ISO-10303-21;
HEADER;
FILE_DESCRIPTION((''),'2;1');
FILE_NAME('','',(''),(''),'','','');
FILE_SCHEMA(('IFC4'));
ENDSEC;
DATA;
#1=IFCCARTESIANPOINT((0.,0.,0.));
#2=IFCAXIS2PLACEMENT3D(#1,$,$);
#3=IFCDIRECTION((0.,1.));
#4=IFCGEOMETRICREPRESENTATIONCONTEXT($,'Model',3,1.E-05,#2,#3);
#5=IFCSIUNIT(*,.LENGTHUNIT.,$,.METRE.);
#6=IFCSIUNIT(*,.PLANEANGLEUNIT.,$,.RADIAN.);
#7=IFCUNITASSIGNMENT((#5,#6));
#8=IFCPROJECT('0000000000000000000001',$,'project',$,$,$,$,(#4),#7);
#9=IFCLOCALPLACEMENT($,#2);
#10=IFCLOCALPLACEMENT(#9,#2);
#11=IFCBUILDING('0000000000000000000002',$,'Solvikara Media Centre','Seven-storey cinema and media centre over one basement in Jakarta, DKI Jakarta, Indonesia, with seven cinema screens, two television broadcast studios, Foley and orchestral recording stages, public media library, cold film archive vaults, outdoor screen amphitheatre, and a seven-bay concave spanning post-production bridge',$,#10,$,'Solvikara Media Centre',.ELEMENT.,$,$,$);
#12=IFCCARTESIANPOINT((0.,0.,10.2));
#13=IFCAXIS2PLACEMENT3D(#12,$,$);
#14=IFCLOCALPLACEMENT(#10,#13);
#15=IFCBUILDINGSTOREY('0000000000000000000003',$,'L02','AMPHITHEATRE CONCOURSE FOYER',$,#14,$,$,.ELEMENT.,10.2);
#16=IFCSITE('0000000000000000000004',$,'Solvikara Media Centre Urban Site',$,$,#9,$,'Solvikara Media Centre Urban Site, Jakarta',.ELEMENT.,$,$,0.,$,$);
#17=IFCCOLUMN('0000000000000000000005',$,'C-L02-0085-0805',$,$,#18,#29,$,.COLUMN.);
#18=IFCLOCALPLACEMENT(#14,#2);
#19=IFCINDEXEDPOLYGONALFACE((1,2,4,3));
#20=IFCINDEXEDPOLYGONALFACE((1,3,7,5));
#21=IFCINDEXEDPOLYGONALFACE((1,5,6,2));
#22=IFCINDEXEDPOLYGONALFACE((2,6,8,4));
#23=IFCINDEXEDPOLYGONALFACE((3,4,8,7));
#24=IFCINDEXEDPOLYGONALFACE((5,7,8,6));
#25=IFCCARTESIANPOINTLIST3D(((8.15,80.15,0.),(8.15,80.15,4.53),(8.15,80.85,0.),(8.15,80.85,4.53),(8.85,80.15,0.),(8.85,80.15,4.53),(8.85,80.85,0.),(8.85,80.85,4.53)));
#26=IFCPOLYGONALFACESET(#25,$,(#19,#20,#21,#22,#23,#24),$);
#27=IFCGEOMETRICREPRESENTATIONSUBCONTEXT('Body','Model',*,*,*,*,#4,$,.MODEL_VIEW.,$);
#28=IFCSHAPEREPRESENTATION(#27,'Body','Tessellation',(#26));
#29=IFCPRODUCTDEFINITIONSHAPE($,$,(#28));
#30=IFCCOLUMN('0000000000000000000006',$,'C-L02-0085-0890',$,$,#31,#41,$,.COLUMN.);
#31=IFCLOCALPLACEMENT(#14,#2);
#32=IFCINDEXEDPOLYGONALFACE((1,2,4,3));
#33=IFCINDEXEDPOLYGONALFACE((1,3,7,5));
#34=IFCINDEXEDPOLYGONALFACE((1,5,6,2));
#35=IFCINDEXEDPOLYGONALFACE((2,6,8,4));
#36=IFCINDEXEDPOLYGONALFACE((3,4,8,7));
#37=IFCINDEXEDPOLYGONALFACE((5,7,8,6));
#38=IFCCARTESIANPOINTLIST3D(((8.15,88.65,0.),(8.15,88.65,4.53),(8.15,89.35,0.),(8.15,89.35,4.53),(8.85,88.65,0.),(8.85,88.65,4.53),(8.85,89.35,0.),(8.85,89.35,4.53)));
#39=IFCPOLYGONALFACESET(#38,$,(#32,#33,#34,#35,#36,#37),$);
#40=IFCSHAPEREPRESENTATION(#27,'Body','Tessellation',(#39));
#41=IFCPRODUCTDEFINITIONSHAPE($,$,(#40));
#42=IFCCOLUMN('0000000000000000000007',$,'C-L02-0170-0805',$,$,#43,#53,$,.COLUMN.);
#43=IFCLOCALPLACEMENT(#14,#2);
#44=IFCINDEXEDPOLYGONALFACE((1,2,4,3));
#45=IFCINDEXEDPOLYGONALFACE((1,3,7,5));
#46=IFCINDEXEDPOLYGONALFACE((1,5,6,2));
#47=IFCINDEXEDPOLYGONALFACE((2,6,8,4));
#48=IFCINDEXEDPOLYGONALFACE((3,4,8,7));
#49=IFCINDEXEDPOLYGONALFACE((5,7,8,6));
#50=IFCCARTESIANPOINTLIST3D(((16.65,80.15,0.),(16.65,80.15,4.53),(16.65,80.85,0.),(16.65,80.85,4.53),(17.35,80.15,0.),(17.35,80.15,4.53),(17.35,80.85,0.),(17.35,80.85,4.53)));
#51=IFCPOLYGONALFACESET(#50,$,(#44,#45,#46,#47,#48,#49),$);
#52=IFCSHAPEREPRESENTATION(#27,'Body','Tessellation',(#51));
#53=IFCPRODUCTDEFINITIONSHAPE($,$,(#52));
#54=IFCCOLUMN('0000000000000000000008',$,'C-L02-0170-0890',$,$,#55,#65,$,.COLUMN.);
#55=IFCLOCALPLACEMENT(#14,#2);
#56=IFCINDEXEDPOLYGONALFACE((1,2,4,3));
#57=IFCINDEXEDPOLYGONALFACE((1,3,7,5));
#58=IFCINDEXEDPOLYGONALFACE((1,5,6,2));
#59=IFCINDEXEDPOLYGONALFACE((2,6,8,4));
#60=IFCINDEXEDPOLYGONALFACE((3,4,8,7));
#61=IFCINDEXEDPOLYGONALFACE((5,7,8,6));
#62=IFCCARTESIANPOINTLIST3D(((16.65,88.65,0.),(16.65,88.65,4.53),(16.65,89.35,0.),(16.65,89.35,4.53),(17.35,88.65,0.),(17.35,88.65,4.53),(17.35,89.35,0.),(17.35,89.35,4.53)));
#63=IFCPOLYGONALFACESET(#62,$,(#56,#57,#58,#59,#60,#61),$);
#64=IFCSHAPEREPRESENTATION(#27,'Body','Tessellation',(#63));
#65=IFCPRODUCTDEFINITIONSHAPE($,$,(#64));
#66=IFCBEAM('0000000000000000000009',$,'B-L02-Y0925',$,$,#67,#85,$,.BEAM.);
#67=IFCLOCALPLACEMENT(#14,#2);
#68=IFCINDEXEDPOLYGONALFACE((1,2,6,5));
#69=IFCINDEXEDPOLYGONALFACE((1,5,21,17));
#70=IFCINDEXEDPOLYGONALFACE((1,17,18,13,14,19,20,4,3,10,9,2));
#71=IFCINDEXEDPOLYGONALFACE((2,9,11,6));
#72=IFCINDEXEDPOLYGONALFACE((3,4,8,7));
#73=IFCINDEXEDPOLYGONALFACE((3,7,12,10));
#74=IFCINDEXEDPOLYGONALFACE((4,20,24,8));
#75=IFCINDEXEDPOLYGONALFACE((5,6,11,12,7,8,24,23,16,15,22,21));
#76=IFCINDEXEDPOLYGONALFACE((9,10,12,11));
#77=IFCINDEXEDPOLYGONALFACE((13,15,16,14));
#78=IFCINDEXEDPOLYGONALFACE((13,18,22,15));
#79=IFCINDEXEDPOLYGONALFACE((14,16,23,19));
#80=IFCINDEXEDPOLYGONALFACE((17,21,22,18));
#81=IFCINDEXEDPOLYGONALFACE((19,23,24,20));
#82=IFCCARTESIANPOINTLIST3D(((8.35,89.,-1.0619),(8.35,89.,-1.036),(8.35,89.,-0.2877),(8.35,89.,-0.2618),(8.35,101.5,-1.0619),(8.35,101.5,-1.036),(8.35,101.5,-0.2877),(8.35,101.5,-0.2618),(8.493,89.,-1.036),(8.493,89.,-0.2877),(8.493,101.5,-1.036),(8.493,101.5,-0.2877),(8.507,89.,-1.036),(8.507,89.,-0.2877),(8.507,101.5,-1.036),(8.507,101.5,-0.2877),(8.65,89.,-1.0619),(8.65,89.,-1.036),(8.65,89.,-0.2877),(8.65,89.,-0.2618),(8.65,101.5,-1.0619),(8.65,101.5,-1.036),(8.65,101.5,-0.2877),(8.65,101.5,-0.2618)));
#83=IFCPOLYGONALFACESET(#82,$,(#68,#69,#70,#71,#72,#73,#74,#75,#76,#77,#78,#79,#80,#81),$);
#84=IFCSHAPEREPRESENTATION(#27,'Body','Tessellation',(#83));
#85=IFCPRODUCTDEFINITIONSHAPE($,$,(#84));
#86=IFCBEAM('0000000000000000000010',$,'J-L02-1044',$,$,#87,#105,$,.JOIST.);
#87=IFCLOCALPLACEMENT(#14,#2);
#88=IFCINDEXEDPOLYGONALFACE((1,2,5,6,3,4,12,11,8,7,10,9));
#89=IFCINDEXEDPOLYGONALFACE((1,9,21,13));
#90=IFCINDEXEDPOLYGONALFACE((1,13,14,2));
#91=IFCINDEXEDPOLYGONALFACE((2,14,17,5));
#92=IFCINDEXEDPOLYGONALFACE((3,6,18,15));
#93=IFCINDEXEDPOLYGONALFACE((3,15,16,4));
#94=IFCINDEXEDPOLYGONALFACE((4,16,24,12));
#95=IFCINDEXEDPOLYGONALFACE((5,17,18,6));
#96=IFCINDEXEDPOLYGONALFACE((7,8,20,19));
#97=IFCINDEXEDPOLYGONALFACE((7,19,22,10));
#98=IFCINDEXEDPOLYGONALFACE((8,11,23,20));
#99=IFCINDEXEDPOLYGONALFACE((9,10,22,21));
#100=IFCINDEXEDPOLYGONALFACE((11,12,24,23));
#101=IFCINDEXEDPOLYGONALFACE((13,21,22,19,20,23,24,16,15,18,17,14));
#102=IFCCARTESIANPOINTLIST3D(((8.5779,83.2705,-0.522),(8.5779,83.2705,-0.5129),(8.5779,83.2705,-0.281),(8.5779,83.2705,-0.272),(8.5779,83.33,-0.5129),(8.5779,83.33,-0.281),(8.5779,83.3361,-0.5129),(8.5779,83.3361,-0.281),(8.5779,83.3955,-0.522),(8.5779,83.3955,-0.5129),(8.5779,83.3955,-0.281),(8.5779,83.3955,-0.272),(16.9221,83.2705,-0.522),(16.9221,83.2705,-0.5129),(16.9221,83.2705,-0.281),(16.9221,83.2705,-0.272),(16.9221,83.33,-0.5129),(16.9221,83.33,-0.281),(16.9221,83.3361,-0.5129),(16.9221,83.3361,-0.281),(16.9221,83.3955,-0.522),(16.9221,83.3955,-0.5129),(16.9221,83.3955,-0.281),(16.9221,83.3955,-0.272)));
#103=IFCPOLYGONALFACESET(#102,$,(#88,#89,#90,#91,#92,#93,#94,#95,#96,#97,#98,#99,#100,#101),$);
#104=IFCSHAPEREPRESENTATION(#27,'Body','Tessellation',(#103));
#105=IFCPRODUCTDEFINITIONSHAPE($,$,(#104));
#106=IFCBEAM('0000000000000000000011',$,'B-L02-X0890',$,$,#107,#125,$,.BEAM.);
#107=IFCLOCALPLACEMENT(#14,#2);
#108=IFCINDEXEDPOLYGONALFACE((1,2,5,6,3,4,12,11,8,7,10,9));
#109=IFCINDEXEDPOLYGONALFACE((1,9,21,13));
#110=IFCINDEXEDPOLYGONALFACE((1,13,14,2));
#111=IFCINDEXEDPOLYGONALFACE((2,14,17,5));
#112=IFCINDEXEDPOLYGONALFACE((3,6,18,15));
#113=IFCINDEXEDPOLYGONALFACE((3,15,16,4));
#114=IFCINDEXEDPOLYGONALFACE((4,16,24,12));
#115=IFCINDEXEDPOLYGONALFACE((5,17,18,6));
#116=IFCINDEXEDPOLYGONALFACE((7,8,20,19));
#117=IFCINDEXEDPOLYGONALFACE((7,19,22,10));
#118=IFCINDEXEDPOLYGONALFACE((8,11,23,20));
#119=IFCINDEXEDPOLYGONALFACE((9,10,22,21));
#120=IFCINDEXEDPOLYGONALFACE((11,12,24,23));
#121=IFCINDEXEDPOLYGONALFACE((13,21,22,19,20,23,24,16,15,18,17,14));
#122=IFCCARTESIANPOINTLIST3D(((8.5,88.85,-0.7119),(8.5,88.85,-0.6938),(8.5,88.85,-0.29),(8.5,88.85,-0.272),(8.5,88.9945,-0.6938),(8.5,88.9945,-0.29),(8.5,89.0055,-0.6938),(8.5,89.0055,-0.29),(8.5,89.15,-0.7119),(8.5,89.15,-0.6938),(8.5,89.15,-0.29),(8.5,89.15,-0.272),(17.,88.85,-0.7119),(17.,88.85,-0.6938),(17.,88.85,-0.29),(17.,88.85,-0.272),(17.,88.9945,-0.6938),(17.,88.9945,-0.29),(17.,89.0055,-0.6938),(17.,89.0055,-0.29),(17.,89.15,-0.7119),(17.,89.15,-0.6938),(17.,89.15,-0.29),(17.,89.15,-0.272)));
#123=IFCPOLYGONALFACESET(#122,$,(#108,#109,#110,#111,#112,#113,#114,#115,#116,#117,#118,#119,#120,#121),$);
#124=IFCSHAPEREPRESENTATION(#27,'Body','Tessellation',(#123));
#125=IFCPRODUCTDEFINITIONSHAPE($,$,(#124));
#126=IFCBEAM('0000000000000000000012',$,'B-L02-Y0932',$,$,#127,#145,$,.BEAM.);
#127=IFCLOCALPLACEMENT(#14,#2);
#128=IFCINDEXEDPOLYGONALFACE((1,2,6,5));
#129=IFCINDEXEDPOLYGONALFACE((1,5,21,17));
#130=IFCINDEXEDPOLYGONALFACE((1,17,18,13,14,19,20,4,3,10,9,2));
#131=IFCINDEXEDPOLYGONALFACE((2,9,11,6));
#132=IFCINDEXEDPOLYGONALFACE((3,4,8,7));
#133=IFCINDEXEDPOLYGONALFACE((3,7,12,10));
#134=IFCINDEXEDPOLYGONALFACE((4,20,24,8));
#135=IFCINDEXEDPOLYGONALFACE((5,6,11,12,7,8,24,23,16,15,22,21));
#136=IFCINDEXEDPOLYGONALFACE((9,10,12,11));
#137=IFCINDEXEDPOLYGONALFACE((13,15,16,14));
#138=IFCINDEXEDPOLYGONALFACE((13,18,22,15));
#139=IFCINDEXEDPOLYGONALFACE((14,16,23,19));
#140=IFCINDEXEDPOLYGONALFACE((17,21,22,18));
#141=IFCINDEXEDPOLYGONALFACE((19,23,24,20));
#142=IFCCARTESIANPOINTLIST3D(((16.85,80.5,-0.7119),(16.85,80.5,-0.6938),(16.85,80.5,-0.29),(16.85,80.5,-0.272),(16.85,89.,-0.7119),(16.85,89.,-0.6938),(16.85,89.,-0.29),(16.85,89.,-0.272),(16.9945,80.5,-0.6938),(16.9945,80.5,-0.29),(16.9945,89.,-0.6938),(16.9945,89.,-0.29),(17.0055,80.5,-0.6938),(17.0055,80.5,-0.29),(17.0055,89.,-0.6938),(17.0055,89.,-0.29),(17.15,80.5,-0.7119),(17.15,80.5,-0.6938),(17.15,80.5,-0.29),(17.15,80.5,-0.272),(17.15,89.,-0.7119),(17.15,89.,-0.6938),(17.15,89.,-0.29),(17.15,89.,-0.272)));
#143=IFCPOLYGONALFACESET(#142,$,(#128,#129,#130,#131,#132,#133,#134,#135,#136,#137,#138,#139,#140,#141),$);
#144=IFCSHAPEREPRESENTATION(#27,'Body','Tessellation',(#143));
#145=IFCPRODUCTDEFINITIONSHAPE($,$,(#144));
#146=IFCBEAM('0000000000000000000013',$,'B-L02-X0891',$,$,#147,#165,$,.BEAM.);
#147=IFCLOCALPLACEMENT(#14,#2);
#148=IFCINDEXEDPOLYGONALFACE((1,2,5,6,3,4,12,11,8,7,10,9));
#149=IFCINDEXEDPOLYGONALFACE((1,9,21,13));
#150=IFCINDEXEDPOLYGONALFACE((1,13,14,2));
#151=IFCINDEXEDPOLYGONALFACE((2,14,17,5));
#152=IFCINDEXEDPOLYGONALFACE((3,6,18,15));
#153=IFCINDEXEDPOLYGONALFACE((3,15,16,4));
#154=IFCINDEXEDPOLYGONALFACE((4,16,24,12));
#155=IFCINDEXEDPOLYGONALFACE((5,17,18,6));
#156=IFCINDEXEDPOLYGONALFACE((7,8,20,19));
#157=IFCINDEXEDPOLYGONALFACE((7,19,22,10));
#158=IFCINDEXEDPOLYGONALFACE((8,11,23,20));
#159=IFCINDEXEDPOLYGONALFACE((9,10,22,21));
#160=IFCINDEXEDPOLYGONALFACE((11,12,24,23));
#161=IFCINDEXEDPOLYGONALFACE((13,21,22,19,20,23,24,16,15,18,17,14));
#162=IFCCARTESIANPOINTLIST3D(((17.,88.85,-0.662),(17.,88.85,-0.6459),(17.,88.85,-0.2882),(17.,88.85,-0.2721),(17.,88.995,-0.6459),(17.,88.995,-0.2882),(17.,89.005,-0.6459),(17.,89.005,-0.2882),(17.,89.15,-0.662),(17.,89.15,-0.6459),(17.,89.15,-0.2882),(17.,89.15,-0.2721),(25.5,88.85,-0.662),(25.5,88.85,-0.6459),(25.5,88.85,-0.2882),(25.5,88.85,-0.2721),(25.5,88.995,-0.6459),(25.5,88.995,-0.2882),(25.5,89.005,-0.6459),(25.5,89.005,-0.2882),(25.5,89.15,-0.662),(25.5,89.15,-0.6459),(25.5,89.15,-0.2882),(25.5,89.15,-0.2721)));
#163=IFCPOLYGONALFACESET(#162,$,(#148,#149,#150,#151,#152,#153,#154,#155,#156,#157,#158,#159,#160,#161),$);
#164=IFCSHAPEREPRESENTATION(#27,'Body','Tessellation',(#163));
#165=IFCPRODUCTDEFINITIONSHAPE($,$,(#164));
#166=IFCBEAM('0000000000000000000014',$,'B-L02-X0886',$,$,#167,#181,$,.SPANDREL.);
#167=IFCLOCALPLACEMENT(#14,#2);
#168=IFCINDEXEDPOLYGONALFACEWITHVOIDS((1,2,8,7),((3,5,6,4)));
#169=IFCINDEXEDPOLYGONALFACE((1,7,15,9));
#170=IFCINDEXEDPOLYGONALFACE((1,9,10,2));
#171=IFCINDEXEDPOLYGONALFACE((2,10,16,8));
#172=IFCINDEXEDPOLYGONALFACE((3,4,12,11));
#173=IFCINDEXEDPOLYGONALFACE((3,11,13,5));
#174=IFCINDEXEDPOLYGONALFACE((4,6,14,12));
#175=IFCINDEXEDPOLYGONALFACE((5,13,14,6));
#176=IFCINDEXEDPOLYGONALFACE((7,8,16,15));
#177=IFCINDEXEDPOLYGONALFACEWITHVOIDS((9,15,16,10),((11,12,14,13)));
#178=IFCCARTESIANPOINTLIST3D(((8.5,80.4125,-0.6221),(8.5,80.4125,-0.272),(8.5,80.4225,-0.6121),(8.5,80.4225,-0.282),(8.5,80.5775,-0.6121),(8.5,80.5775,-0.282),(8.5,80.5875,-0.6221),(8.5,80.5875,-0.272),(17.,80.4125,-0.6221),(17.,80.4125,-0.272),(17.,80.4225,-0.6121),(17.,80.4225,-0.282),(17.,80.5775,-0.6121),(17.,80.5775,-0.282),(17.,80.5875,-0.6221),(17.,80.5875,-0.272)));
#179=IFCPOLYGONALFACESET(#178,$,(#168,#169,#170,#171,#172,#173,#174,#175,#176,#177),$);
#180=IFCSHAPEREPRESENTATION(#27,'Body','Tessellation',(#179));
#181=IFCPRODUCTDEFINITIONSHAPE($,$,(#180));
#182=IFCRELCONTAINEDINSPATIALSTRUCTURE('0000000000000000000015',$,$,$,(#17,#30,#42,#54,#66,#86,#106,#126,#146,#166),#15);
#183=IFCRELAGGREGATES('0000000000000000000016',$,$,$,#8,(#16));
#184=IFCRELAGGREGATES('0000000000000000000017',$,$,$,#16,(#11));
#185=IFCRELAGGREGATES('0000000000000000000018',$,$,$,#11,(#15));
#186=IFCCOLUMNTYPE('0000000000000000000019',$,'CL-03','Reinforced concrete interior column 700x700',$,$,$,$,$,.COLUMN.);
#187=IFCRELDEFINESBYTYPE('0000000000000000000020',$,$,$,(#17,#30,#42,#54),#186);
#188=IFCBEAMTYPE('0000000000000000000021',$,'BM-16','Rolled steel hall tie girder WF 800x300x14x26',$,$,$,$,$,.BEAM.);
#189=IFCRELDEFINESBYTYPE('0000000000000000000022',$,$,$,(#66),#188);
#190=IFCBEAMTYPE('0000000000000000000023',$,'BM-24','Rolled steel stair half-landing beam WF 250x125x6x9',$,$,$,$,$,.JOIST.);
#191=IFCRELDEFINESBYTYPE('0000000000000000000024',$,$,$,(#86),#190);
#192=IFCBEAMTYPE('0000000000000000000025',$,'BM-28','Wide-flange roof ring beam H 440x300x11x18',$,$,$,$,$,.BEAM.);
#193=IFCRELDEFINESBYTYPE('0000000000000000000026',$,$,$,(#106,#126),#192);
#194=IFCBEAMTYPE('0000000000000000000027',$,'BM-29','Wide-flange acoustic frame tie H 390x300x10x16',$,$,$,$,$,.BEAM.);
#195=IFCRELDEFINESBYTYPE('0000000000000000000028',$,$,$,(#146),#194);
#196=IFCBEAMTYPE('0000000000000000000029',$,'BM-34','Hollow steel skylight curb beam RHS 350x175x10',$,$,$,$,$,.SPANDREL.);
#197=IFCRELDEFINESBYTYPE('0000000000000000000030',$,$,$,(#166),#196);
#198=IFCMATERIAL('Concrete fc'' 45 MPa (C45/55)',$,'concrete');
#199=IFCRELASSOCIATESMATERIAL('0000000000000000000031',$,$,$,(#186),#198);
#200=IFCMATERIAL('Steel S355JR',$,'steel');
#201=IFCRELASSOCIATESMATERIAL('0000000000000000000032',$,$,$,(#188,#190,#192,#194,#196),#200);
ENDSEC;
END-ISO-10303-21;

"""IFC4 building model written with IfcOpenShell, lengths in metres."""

from ifc_helpers import new_model, si_unit, direction, frame, origin, origin_2d, place, context, subcontext, project, spatial, rectangle, hollow_rectangle, i_section, extrude, material, material_profile, profile_set, type_object, element, save


model = new_model("IFC4")

# Units and contexts
model_context = context("Model", 3, precision=1e-05, world=origin(), true_north=direction((0.0, 1.0)))
body_context = subcontext(model_context, "Body", "Model", "MODEL_VIEW")
ifc_project = project(units=[si_unit("LENGTHUNIT", "METRE"), si_unit("PLANEANGLEUNIT", "RADIAN")], contexts=[model_context])

# Site, building, storey
site_placement = place(None, origin())
site = spatial("IfcSite", under=ifc_project, at=site_placement, Name="Solvikara Media Centre Urban Site", LongName="Solvikara Media Centre Urban Site, Jakarta", CompositionType="ELEMENT", RefElevation=0.0)
building_placement = place(site_placement, origin())
building = spatial("IfcBuilding", under=site, at=building_placement, Name="Solvikara Media Centre", Description="Seven-storey cinema and media centre over one basement in Jakarta, DKI Jakarta, Indonesia, with seven cinema screens, two television broadcast studios, Foley and orchestral recording stages, public media library, cold film archive vaults, outdoor screen amphitheatre, and a seven-bay concave spanning post-production bridge", LongName="Solvikara Media Centre", CompositionType="ELEMENT")
storey_placement = place(building_placement, frame((0.0, 0.0, 10.2)))
storey = spatial("IfcBuildingStorey", under=building, at=storey_placement, Name="L02", Description="AMPHITHEATRE CONCOURSE FOYER", CompositionType="ELEMENT", Elevation=10.2)

# Columns
ifc_material_1 = material(Name="Concrete fc' 45 MPa (C45/55)", Category="concrete")
ifc_material_profile_1 = material_profile(ifc_material_1, rectangle(XDim=0.7, YDim=0.7, at=origin_2d()), Name="RC 700x700")
ifc_profile_set_1 = profile_set([ifc_material_profile_1], Name="Concrete fc' 45 MPa (C45/55)")
column_type = type_object("IfcColumnType", Name="CL-03", Description="Reinforced concrete interior column 700x700", PredefinedType="COLUMN", material=ifc_profile_set_1)
for number, where, z_axis, x_axis, name in (
    (1, (8.5, 80.5, 0.0), (0.0, 0.0, 1.0), (1.0, 0.0, 0.0), "C-L02-0085-0805"),
    (2, (8.5, 89.0, 0.0), (0.0, 0.0, 1.0), (1.0, 0.0, 0.0), "C-L02-0085-0890"),
    (3, (17.0, 80.5, 0.0), (0.0, 0.0, 1.0), (1.0, 0.0, 0.0), "C-L02-0170-0805"),
    (4, (17.0, 89.0, 0.0), (0.0, 0.0, 1.0), (1.0, 0.0, 0.0), "C-L02-0170-0890"),
):
    element("IfcColumn", number, at=place(storey_placement, frame(where, z_axis=z_axis, x_axis=x_axis)), inside=storey, type_object=column_type, Name=name, PredefinedType="COLUMN", context=body_context, shape_type="SweptSolid", body=[
        extrude(rectangle(XDim=0.7, YDim=0.7, at=origin_2d()), origin(), (0.0, 0.0, 1.0), 4.53),
    ])

# Beams
ifc_material_2 = material(Name="Steel S355JR", Category="steel")
ifc_material_profile_2 = material_profile(ifc_material_2, i_section(OverallWidth=0.3, OverallDepth=0.8, WebThickness=0.0139, FlangeThickness=0.0259, at=origin_2d()), Name="WF 800x300x14x26")
ifc_profile_set_2 = profile_set([ifc_material_profile_2], Name="Steel S355JR")
beam_type_1 = type_object("IfcBeamType", Name="BM-16", Description="Rolled steel hall tie girder WF 800x300x14x26", PredefinedType="BEAM", material=ifc_profile_set_2)
beam_1_placement = place(storey_placement, frame((8.5, 89.0, -0.6619), z_axis=(0.0, 1.0, 0.0), x_axis=(-1.0, 0.0, 0.0)))
element("IfcBeam", 5, at=beam_1_placement, inside=storey, type_object=beam_type_1, Name="B-L02-Y0925", PredefinedType="BEAM", context=body_context, shape_type="SweptSolid", body=[
    extrude(i_section(OverallWidth=0.3, OverallDepth=0.8, WebThickness=0.0139, FlangeThickness=0.0259, at=origin_2d()), origin(), (0.0, 0.0, 1.0), 12.5),
])
ifc_material_profile_3 = material_profile(ifc_material_2, i_section(OverallWidth=0.125, OverallDepth=0.25, WebThickness=0.0061, FlangeThickness=0.009, at=origin_2d()), Name="WF 250x125x6x9")
ifc_profile_set_3 = profile_set([ifc_material_profile_3], Name="Steel S355JR")
beam_type_2 = type_object("IfcBeamType", Name="BM-24", Description="Rolled steel stair half-landing beam WF 250x125x6x9", PredefinedType="JOIST", material=ifc_profile_set_3)
beam_2_placement = place(storey_placement, frame((8.5779, 83.333, -0.397), z_axis=(1.0, 0.0, 0.0), x_axis=(0.0, 1.0, 0.0)))
element("IfcBeam", 6, at=beam_2_placement, inside=storey, type_object=beam_type_2, Name="J-L02-1044", PredefinedType="JOIST", context=body_context, shape_type="SweptSolid", body=[
    extrude(i_section(OverallWidth=0.125, OverallDepth=0.25, WebThickness=0.0061, FlangeThickness=0.009, at=origin_2d()), origin(), (0.0, 0.0, 1.0), 8.3442),
])
ifc_material_profile_4 = material_profile(ifc_material_2, i_section(OverallWidth=0.3, OverallDepth=0.4399, WebThickness=0.011, FlangeThickness=0.0181, at=origin_2d()), Name="H 440x300x11x18")
ifc_profile_set_4 = profile_set([ifc_material_profile_4], Name="Steel S355JR")
beam_type_3 = type_object("IfcBeamType", Name="BM-28", Description="Wide-flange roof ring beam H 440x300x11x18", PredefinedType="BEAM", material=ifc_profile_set_4)
for number, where, z_axis, x_axis, name in (
    (7, (8.5, 89.0, -0.4919), (1.0, 0.0, 0.0), (0.0, 1.0, 0.0), "B-L02-X0890"),
    (8, (17.0, 80.5, -0.4919), (0.0, 1.0, 0.0), (-1.0, 0.0, 0.0), "B-L02-Y0932"),
):
    element("IfcBeam", number, at=place(storey_placement, frame(where, z_axis=z_axis, x_axis=x_axis)), inside=storey, type_object=beam_type_3, Name=name, PredefinedType="BEAM", context=body_context, shape_type="SweptSolid", body=[
        extrude(i_section(OverallWidth=0.3, OverallDepth=0.4399, WebThickness=0.011, FlangeThickness=0.0181, at=origin_2d()), origin(), (0.0, 0.0, 1.0), 8.5),
    ])
ifc_material_profile_5 = material_profile(ifc_material_2, i_section(OverallWidth=0.3, OverallDepth=0.3899, WebThickness=0.01, FlangeThickness=0.0161, at=origin_2d()), Name="H 390x300x10x16")
ifc_profile_set_5 = profile_set([ifc_material_profile_5], Name="Steel S355JR")
beam_type_4 = type_object("IfcBeamType", Name="BM-29", Description="Wide-flange acoustic frame tie H 390x300x10x16", PredefinedType="BEAM", material=ifc_profile_set_5)
beam_3_placement = place(storey_placement, frame((17.0, 89.0, -0.467), z_axis=(1.0, 0.0, 0.0), x_axis=(0.0, 1.0, 0.0)))
element("IfcBeam", 9, at=beam_3_placement, inside=storey, type_object=beam_type_4, Name="B-L02-X0891", PredefinedType="BEAM", context=body_context, shape_type="SweptSolid", body=[
    extrude(i_section(OverallWidth=0.3, OverallDepth=0.3899, WebThickness=0.01, FlangeThickness=0.0161, at=origin_2d()), origin(), (0.0, 0.0, 1.0), 8.5),
])
ifc_material_profile_6 = material_profile(ifc_material_2, hollow_rectangle(XDim=0.175, YDim=0.3501, WallThickness=0.01, at=origin_2d()), Name="RHS 350x175x10")
ifc_profile_set_6 = profile_set([ifc_material_profile_6], Name="Steel S355JR")
beam_type_5 = type_object("IfcBeamType", Name="BM-34", Description="Hollow steel skylight curb beam RHS 350x175x10", PredefinedType="SPANDREL", material=ifc_profile_set_6)
beam_4_placement = place(storey_placement, frame((8.5, 80.5, -0.447), z_axis=(1.0, 0.0, 0.0), x_axis=(0.0, 1.0, 0.0)))
element("IfcBeam", 10, at=beam_4_placement, inside=storey, type_object=beam_type_5, Name="B-L02-X0886", PredefinedType="SPANDREL", context=body_context, shape_type="SweptSolid", body=[
    extrude(hollow_rectangle(XDim=0.175, YDim=0.3501, WallThickness=0.01, at=origin_2d()), origin(), (0.0, 0.0, 1.0), 8.5),
])

save(model, "model.ifc")
